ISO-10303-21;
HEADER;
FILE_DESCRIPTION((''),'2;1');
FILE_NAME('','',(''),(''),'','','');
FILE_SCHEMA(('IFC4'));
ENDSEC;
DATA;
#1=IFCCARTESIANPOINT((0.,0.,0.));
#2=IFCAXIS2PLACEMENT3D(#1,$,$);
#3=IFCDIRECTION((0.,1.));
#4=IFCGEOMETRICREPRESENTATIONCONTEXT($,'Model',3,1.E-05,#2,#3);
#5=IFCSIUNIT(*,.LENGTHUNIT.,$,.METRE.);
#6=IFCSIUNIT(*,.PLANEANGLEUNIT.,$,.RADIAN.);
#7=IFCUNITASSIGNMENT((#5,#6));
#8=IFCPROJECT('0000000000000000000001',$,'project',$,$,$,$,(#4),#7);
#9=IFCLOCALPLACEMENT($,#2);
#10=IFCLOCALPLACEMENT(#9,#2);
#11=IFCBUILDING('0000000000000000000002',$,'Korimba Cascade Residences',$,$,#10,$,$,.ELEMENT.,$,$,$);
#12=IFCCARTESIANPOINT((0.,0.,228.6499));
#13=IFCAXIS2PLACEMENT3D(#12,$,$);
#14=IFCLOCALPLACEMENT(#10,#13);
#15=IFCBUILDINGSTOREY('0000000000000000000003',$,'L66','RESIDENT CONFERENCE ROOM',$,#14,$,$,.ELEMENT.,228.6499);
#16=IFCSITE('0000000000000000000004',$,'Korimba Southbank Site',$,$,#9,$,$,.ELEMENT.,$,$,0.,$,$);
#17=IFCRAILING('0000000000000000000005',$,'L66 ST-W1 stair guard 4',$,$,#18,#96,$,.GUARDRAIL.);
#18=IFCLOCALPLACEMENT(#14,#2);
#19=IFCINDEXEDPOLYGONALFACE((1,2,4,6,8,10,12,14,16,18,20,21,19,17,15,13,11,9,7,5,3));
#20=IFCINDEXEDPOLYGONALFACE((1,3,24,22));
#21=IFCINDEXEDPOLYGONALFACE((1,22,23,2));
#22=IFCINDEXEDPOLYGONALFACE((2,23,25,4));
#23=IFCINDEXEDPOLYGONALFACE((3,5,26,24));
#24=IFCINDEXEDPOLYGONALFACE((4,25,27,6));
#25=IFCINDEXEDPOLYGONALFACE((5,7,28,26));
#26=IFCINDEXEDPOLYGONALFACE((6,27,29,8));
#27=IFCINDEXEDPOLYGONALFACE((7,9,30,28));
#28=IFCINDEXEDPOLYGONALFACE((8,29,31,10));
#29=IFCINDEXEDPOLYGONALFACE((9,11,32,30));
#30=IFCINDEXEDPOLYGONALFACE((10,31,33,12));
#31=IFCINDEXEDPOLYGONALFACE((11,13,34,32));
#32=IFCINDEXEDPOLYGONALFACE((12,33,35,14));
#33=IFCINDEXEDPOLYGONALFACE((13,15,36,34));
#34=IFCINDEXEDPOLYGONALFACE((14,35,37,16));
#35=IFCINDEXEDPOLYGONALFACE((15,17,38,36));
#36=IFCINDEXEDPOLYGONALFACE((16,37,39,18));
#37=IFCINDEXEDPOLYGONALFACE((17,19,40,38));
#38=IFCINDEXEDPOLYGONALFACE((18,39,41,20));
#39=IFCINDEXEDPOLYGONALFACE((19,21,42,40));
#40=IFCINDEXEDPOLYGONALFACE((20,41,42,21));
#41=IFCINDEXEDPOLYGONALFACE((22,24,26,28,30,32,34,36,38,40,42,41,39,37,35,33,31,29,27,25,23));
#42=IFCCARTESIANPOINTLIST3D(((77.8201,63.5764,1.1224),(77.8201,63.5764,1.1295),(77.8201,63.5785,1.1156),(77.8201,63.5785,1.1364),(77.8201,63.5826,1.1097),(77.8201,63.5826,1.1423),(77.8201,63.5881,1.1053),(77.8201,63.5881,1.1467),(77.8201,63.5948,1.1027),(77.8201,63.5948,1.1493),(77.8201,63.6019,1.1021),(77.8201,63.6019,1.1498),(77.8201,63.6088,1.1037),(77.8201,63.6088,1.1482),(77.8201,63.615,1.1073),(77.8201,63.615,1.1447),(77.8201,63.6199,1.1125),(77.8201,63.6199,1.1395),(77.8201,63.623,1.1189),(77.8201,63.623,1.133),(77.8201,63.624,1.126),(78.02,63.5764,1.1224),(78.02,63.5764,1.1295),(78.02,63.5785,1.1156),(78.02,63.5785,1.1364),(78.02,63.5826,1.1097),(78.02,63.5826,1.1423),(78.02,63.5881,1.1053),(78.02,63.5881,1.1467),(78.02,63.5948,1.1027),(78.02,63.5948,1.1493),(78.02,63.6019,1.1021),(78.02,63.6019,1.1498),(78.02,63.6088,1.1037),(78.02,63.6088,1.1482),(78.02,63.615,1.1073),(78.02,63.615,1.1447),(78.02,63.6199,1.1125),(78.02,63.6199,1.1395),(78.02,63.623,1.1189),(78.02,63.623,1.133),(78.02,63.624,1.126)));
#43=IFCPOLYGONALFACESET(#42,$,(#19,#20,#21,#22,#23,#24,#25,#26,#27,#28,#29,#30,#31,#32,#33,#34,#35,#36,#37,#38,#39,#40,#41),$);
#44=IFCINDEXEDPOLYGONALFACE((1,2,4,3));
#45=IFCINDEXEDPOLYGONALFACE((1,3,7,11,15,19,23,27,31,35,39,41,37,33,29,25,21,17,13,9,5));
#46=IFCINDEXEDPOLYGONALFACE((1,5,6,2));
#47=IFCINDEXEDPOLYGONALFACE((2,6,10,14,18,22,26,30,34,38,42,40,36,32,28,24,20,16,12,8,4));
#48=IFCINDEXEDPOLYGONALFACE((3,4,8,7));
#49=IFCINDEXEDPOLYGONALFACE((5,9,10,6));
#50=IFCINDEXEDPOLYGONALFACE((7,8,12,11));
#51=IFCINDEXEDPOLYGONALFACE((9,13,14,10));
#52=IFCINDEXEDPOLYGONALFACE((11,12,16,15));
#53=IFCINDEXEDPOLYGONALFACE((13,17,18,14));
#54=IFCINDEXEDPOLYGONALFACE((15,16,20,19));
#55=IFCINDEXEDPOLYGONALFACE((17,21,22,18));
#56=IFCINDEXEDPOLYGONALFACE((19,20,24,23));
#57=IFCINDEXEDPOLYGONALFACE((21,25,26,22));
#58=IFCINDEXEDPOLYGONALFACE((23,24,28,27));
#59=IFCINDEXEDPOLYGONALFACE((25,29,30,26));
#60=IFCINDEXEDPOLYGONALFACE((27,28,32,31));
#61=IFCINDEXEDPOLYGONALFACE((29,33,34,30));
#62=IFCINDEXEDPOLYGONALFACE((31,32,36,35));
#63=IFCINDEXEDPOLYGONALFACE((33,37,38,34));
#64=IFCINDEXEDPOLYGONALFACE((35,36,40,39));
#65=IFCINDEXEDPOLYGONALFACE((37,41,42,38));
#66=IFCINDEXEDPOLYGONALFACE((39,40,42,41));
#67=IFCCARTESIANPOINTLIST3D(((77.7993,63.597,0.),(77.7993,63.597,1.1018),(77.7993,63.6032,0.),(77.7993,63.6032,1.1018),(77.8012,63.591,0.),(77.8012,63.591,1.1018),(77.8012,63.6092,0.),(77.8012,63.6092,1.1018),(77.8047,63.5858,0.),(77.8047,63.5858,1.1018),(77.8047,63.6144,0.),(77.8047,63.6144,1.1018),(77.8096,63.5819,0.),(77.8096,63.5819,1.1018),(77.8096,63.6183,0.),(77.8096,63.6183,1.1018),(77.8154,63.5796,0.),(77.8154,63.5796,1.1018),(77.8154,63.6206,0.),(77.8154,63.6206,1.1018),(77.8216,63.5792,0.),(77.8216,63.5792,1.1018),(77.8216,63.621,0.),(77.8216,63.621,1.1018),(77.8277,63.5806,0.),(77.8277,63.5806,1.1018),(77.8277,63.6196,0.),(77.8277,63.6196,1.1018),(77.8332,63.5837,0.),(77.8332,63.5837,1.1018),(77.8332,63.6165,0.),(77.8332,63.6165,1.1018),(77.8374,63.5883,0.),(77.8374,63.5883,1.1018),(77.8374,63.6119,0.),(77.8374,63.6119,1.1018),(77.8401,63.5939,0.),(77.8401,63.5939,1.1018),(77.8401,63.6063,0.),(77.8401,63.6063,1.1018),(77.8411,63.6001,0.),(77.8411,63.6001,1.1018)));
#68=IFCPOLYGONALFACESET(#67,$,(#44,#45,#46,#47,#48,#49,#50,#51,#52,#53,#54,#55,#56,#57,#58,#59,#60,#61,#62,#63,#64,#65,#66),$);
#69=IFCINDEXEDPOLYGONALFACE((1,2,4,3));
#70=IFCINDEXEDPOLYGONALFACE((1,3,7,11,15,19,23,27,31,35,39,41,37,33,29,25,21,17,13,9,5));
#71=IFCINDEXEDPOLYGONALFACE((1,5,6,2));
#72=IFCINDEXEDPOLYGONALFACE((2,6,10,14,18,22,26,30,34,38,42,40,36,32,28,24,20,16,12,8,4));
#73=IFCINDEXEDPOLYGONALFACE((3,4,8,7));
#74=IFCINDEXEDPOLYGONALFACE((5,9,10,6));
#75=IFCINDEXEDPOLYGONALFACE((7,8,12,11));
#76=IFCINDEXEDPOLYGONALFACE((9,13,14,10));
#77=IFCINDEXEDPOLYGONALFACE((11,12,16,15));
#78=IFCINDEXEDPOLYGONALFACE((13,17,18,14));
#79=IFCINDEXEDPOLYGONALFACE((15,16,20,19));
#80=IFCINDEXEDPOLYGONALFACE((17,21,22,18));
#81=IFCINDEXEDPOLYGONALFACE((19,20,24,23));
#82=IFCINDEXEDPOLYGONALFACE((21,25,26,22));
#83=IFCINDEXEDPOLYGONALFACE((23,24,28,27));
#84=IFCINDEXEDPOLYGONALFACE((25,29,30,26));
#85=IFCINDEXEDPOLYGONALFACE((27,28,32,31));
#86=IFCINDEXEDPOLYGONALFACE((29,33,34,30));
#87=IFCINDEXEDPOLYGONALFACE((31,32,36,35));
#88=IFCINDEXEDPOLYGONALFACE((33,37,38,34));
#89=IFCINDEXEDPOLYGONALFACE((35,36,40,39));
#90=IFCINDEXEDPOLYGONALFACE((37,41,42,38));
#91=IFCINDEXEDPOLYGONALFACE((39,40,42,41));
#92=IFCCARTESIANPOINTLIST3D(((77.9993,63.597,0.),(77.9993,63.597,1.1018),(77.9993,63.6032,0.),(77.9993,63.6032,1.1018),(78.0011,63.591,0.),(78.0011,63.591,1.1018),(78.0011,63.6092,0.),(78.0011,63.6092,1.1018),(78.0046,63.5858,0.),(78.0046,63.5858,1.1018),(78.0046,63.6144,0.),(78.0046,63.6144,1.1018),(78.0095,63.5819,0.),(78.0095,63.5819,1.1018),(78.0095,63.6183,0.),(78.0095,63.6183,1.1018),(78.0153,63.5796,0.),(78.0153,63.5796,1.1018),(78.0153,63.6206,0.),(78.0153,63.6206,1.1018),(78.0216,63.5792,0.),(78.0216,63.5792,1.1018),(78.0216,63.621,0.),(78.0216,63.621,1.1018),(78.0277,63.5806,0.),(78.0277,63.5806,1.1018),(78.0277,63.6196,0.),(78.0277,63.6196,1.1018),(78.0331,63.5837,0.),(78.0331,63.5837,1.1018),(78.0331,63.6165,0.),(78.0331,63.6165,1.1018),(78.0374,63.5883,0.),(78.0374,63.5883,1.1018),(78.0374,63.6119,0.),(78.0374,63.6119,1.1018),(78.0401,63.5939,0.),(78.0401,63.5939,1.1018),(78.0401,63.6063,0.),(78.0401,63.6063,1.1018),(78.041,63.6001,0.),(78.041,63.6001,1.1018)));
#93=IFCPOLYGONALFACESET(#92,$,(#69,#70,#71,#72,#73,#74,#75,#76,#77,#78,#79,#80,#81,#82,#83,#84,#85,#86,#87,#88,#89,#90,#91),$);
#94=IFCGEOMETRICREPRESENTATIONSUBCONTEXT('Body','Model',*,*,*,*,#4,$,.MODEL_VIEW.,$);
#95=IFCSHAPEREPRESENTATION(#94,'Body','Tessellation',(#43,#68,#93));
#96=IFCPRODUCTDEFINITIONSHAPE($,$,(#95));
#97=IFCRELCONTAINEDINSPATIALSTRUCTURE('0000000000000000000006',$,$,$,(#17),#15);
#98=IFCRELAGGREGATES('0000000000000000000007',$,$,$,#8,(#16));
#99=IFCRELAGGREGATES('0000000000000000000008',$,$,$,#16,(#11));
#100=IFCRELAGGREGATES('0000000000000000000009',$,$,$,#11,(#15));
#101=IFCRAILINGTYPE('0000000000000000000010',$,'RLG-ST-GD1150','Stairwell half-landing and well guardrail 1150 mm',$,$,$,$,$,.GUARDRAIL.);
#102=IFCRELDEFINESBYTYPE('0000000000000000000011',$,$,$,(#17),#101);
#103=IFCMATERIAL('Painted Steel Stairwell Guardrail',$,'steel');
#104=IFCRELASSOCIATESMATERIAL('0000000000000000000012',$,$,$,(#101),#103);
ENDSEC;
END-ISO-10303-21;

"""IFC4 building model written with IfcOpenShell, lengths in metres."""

from ifc_helpers import new_model, si_unit, direction, frame, origin, origin_2d, place, context, subcontext, project, spatial, circle, extrude, material, type_object, element, save


model = new_model("IFC4")

# Units and contexts
model_context = context("Model", 3, precision=1e-05, world=origin(), true_north=direction((0.0, 1.0)))
body_context = subcontext(model_context, "Body", "Model", "MODEL_VIEW")
ifc_project = project(units=[si_unit("LENGTHUNIT", "METRE"), si_unit("PLANEANGLEUNIT", "RADIAN")], contexts=[model_context])

# Site, building, storey
site_placement = place(None, origin())
site = spatial("IfcSite", under=ifc_project, at=site_placement, Name="Korimba Southbank Site", CompositionType="ELEMENT", RefElevation=0.0)
building_placement = place(site_placement, origin())
building = spatial("IfcBuilding", under=site, at=building_placement, Name="Korimba Cascade Residences", CompositionType="ELEMENT")
storey_placement = place(building_placement, frame((0.0, 0.0, 228.6499)))
storey = spatial("IfcBuildingStorey", under=building, at=storey_placement, Name="L66", Description="RESIDENT CONFERENCE ROOM", CompositionType="ELEMENT", Elevation=228.6499)

# Railing
ifc_material_1 = material(Name="Painted Steel Stairwell Guardrail", Category="steel")
railing_type_1 = type_object("IfcRailingType", Name="RLG-ST-GD1150", Description="Stairwell half-landing and well guardrail 1150 mm", PredefinedType="GUARDRAIL", material=ifc_material_1)
railing_1_placement = place(storey_placement, frame((77.8201, 63.6001, 0.0)))
element("IfcRailing", 1, at=railing_1_placement, inside=storey, type_object=railing_type_1, Name="L66 ST-W1 stair guard 4", PredefinedType="GUARDRAIL", context=body_context, shape_type="SweptSolid", body=[
    extrude(circle(Radius=0.0239, at=origin_2d()), frame((0.0, 0.0, 1.126), z_axis=(1.0, 0.0, 0.0), x_axis=(0.0, 1.0, 0.0)), (0.0, 0.0, 1.0), 0.2),
    extrude(circle(Radius=0.021, at=origin_2d()), origin(), (0.0, 0.0, 1.0), 1.1018),
    extrude(circle(Radius=0.021, at=origin_2d()), frame((0.2, 0.0, 0.0)), (0.0, 0.0, 1.0), 1.1018),
])

save(model, "model.ifc")
